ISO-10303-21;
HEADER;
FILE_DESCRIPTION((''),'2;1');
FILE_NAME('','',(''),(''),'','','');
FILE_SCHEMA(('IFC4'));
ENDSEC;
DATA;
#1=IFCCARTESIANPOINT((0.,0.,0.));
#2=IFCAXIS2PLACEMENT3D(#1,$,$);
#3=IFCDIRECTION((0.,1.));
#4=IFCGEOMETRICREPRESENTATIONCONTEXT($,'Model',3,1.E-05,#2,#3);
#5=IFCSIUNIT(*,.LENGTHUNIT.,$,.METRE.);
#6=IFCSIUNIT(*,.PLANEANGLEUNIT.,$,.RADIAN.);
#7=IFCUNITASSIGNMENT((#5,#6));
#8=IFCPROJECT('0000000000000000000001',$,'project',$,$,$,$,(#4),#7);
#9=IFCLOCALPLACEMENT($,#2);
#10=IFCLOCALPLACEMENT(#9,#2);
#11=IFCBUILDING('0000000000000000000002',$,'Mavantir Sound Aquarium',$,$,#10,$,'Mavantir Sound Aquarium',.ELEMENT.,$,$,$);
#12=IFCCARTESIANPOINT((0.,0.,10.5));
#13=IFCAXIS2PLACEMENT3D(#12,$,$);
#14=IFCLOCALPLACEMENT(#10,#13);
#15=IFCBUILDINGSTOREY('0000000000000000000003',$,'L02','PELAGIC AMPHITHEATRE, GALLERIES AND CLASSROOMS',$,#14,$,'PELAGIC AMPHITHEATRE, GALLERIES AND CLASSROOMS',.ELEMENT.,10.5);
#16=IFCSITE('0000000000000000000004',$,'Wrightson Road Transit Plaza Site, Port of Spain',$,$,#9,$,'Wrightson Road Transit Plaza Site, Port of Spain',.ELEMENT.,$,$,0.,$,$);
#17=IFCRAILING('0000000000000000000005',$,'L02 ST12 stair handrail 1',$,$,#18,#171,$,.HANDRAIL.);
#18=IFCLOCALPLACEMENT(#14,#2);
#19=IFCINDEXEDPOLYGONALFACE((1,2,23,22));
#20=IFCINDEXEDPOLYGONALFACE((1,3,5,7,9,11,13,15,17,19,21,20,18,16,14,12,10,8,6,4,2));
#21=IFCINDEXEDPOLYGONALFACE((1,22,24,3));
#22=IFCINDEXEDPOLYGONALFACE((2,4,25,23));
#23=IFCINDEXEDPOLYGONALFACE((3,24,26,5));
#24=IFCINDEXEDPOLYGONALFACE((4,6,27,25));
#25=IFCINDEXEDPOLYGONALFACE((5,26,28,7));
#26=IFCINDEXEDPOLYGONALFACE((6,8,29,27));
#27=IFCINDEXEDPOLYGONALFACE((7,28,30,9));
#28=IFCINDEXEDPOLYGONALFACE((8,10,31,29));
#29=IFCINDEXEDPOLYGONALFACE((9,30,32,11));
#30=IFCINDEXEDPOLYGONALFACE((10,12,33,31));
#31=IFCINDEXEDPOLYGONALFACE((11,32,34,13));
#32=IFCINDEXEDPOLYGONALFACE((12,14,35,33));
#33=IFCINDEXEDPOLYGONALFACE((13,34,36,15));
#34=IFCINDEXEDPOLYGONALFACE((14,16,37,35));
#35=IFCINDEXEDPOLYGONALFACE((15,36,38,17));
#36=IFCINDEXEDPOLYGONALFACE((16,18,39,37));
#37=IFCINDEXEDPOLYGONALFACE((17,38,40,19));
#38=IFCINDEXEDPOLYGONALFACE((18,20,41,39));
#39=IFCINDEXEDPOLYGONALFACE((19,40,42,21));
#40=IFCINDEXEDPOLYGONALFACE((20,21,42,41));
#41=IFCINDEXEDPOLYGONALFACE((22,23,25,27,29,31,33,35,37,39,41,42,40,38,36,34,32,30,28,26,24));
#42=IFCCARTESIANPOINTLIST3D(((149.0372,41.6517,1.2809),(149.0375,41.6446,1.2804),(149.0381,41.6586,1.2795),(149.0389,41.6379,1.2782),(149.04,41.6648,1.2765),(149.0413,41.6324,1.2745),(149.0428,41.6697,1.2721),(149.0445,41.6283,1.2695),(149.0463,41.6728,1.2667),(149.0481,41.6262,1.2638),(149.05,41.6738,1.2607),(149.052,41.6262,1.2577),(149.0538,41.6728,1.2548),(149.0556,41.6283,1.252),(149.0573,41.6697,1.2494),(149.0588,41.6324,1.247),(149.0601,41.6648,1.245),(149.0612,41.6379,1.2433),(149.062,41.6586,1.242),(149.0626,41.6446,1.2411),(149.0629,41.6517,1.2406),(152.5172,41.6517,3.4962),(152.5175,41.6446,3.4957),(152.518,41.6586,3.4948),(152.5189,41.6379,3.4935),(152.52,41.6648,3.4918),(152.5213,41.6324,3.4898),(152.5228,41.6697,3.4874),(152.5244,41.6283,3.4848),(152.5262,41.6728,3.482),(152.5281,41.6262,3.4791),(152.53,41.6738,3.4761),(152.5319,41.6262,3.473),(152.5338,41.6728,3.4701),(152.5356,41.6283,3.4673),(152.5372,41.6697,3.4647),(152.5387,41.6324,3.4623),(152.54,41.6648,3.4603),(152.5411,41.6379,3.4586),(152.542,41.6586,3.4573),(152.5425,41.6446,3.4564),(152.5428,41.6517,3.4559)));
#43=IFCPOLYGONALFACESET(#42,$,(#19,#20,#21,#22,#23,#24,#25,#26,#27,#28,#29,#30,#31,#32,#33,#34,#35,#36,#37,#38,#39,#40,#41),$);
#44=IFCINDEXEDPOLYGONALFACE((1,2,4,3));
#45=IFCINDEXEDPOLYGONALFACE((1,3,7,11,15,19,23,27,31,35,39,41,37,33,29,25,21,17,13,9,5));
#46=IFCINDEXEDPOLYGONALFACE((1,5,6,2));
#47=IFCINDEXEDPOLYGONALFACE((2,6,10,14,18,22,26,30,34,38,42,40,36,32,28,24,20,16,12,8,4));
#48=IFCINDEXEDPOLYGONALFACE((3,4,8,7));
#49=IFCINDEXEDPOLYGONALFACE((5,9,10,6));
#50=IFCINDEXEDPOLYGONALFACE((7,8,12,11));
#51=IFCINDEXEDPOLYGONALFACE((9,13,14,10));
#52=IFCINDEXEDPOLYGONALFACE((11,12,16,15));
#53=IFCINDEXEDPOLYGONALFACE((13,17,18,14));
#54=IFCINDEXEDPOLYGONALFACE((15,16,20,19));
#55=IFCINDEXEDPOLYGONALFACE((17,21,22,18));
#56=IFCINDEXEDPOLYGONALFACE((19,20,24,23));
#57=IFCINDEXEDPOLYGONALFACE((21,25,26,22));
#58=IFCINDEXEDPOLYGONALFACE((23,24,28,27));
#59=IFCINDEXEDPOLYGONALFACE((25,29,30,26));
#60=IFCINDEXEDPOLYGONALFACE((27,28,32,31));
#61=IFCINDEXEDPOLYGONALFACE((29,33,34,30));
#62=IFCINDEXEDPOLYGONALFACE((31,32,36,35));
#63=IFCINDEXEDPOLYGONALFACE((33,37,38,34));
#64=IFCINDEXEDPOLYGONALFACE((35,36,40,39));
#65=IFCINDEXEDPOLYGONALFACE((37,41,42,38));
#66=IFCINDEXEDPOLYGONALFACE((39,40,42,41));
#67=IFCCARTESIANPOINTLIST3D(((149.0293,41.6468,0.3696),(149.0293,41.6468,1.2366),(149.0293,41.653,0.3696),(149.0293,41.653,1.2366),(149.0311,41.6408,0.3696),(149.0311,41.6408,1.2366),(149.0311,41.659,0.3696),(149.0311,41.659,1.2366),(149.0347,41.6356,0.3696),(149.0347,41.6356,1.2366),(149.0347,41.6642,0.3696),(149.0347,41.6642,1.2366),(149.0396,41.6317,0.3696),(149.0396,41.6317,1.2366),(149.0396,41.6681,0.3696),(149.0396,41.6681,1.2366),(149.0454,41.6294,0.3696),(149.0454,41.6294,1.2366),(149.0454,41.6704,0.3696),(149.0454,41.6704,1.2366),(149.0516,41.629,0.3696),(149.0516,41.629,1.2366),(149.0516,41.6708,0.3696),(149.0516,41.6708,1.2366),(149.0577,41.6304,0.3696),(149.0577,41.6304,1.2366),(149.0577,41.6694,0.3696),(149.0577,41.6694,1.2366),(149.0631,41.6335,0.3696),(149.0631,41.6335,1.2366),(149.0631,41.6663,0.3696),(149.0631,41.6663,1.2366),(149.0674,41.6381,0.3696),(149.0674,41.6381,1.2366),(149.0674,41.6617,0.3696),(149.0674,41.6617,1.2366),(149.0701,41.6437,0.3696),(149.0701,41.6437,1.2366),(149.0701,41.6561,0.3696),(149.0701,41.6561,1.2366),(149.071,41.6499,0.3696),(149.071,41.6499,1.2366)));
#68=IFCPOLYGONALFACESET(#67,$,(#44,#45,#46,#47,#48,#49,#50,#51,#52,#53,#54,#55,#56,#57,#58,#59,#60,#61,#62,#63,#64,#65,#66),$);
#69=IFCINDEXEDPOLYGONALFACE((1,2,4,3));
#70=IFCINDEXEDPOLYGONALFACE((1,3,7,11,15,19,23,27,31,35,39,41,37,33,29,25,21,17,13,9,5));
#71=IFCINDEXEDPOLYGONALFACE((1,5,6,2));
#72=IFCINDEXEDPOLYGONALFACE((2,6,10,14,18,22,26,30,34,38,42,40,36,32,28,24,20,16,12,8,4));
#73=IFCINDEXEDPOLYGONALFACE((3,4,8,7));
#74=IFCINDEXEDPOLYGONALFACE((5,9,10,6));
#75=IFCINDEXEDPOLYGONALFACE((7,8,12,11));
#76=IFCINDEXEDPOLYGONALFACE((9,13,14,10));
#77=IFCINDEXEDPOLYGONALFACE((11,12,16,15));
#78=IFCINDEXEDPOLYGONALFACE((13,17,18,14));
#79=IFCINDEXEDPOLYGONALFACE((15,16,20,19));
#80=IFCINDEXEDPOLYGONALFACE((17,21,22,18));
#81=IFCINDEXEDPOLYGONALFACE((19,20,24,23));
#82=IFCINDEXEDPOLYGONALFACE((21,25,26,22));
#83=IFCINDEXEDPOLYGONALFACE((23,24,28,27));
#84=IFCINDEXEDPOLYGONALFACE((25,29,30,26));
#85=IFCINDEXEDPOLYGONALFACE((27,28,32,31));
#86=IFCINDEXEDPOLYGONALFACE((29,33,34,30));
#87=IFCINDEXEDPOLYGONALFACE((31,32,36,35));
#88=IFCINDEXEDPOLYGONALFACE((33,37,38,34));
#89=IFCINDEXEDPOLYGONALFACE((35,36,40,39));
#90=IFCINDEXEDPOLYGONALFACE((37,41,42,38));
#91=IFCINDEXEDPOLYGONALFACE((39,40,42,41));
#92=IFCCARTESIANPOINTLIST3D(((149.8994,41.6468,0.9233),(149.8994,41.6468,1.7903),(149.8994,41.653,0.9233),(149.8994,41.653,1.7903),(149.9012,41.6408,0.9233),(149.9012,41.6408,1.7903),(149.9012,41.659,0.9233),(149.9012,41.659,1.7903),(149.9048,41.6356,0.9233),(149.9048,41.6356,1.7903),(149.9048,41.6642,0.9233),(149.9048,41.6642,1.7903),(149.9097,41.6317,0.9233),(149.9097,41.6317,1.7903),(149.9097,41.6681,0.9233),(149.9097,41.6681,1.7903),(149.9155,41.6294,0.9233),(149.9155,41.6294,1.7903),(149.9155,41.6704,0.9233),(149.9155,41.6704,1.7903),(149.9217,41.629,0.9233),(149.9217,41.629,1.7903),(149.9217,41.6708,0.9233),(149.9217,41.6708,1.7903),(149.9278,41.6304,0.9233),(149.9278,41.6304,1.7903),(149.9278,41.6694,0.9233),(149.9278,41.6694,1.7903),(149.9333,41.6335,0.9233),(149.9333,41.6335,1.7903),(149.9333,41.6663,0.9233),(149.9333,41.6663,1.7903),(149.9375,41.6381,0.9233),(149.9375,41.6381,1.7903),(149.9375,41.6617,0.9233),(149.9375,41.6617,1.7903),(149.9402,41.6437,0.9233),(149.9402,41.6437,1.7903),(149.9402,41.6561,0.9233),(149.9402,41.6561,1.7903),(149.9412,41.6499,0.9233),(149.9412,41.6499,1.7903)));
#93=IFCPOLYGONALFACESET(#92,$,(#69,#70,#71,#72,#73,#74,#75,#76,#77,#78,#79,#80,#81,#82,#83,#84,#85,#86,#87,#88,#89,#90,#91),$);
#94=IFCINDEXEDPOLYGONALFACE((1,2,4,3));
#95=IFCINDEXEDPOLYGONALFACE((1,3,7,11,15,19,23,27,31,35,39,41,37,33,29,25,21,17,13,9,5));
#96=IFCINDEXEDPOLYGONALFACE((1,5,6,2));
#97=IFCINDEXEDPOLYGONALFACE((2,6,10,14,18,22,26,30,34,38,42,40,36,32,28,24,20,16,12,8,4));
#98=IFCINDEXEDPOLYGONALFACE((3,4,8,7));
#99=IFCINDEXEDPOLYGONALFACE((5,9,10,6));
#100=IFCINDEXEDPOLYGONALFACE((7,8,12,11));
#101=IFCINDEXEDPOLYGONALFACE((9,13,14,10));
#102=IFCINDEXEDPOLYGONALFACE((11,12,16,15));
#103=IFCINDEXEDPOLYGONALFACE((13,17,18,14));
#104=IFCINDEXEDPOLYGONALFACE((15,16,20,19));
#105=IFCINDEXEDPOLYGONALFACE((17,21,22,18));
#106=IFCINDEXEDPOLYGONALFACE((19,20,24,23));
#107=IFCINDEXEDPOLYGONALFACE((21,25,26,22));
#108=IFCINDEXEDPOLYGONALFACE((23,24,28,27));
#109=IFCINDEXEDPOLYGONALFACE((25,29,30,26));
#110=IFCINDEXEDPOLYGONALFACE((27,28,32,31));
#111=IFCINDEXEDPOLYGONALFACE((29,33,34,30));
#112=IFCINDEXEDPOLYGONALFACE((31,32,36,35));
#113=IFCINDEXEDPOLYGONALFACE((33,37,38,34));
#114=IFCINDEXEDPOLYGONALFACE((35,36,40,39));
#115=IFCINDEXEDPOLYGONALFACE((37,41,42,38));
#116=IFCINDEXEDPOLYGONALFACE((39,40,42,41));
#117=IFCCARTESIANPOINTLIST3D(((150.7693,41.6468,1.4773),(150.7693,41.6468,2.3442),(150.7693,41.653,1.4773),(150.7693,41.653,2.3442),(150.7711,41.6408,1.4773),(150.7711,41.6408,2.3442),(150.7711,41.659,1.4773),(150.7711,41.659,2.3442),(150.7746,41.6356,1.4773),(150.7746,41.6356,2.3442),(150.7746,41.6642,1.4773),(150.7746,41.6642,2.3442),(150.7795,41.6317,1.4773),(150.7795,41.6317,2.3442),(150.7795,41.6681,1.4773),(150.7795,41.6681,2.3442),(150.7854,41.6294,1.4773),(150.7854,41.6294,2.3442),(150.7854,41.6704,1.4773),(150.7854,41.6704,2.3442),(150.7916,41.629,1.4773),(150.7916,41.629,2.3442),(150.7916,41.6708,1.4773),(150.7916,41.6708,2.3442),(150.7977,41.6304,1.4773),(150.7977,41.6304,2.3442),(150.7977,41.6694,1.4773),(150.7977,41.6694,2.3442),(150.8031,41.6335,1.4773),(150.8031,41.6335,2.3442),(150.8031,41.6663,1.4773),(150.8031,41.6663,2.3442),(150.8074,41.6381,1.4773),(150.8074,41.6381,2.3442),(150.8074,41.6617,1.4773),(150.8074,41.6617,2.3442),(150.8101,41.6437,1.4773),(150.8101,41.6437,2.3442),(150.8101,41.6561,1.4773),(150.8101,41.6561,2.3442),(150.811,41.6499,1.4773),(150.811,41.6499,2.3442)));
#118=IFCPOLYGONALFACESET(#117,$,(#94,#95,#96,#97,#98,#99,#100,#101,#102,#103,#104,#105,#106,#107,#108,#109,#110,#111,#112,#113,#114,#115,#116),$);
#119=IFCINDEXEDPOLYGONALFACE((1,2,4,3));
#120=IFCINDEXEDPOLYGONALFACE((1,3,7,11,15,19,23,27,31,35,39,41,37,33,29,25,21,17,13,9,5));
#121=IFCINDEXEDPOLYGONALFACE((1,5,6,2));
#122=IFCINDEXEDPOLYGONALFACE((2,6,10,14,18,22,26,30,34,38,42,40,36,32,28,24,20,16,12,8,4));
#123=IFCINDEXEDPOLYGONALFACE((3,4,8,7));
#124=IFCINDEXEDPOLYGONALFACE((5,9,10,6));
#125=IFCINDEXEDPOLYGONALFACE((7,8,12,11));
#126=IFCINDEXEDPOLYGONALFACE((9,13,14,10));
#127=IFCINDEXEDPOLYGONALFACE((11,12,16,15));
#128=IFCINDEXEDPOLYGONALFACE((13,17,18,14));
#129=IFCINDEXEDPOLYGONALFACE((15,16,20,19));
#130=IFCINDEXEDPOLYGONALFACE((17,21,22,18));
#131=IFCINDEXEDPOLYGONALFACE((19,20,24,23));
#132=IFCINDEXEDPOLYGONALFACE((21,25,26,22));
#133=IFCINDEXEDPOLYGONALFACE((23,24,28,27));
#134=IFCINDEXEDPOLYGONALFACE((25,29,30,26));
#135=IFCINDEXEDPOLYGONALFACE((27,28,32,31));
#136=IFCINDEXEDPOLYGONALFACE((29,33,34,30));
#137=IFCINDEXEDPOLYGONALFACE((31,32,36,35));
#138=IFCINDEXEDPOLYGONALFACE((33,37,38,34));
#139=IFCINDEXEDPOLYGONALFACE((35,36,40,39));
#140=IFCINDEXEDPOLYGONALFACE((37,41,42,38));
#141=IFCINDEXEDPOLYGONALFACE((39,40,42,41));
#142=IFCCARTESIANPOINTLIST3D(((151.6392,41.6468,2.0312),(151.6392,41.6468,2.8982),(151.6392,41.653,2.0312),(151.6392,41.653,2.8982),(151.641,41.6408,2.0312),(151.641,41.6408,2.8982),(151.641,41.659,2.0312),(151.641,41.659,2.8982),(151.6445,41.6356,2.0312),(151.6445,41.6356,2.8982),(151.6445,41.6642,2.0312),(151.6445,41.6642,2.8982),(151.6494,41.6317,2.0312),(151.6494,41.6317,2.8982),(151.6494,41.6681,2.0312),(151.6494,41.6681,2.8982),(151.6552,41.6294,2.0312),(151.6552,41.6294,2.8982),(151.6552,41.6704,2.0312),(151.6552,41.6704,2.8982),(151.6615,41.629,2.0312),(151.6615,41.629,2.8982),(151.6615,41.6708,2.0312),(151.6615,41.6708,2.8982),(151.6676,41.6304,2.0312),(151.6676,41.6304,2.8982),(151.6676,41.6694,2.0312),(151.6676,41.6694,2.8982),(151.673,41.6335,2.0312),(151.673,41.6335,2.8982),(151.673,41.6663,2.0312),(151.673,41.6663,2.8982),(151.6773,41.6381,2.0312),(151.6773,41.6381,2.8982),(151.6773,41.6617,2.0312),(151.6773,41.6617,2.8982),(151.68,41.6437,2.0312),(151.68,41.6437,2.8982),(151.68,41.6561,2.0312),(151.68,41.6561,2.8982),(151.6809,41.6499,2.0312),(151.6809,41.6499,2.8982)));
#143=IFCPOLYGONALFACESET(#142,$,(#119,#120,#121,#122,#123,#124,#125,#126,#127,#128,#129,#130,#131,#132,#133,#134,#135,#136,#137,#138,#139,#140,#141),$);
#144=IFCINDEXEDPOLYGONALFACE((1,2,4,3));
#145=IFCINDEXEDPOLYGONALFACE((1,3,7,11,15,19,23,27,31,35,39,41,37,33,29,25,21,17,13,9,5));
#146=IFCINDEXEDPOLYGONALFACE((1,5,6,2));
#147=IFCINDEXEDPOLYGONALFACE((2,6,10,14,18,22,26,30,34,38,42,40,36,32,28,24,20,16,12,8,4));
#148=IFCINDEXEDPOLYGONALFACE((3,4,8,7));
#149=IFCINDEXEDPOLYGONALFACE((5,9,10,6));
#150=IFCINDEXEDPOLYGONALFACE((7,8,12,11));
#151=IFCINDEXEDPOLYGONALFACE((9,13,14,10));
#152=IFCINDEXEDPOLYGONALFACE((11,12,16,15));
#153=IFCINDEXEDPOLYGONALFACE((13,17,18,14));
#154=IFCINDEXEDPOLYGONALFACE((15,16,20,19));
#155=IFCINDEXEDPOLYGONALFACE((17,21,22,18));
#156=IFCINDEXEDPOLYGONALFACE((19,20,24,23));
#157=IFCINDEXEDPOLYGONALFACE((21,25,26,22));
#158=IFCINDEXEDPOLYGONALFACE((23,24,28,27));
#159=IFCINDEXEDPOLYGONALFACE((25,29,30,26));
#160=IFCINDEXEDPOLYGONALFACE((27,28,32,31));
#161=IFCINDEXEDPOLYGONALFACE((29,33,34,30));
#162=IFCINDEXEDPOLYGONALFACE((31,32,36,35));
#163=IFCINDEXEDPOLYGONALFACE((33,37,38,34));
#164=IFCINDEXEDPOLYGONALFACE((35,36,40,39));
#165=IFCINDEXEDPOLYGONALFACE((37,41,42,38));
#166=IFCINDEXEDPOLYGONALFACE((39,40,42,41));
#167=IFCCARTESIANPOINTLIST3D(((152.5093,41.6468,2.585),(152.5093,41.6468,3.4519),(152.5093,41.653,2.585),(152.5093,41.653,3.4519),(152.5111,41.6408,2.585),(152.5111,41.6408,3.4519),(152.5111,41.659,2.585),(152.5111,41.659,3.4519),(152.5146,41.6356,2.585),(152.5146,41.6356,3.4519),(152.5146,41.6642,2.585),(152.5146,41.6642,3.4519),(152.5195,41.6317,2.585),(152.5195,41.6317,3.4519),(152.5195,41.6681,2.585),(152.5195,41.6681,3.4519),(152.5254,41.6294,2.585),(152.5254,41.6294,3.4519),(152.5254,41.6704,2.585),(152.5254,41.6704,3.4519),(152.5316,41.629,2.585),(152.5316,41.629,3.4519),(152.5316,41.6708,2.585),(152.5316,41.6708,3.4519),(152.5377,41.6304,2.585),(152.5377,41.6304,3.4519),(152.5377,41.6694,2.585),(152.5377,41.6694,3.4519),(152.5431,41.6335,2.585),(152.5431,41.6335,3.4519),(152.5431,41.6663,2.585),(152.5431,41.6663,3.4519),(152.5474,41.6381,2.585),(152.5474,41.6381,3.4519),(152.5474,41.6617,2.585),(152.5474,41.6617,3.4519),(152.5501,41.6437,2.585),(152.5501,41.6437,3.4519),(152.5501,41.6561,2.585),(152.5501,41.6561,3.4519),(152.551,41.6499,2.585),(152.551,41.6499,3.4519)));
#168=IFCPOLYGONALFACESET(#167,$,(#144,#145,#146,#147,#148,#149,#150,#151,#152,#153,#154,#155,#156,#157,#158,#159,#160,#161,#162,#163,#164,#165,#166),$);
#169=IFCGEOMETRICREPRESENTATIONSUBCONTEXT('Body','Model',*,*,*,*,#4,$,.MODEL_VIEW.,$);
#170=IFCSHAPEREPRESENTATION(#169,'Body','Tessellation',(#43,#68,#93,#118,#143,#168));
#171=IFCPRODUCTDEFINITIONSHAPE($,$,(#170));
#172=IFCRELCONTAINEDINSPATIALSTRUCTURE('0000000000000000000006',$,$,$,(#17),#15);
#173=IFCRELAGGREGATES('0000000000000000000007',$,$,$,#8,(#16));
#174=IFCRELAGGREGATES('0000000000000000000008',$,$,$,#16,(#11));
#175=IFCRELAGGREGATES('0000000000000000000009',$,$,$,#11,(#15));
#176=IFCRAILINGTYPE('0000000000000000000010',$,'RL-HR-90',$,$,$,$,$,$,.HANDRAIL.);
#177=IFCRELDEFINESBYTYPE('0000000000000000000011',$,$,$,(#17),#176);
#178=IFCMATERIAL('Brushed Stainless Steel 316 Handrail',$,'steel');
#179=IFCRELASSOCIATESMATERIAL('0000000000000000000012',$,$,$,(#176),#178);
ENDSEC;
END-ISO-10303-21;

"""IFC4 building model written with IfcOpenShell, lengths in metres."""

from ifc_helpers import new_model, si_unit, direction, frame, origin, origin_2d, place, context, subcontext, project, spatial, circle, extrude, material, type_object, element, save


model = new_model("IFC4")

# Units and contexts
model_context = context("Model", 3, precision=1e-05, world=origin(), true_north=direction((0.0, 1.0)))
body_context = subcontext(model_context, "Body", "Model", "MODEL_VIEW")
ifc_project = project(units=[si_unit("LENGTHUNIT", "METRE"), si_unit("PLANEANGLEUNIT", "RADIAN")], contexts=[model_context])

# Site, building, storey
site_placement = place(None, origin())
site = spatial("IfcSite", under=ifc_project, at=site_placement, Name="Wrightson Road Transit Plaza Site, Port of Spain", LongName="Wrightson Road Transit Plaza Site, Port of Spain", CompositionType="ELEMENT", RefElevation=0.0)
building_placement = place(site_placement, origin())
building = spatial("IfcBuilding", under=site, at=building_placement, Name="Mavantir Sound Aquarium", LongName="Mavantir Sound Aquarium", CompositionType="ELEMENT")
storey_placement = place(building_placement, frame((0.0, 0.0, 10.5)))
storey = spatial("IfcBuildingStorey", under=building, at=storey_placement, Name="L02", Description="PELAGIC AMPHITHEATRE, GALLERIES AND CLASSROOMS", LongName="PELAGIC AMPHITHEATRE, GALLERIES AND CLASSROOMS", CompositionType="ELEMENT", Elevation=10.5)

# Railing
ifc_material_1 = material(Name="Brushed Stainless Steel 316 Handrail", Category="steel")
railing_type_1 = type_object("IfcRailingType", Name="RL-HR-90", PredefinedType="HANDRAIL", material=ifc_material_1)
railing_1_placement = place(storey_placement, frame((149.05, 41.6499, 0.3696)))
element("IfcRailing", 1, at=railing_1_placement, inside=storey, type_object=railing_type_1, Name="L02 ST12 stair handrail 1", PredefinedType="HANDRAIL", context=body_context, shape_type="SweptSolid", body=[
    extrude(circle(Radius=0.0239, at=origin_2d()), frame((0.0, 0.0, 0.8911), z_axis=(0.843574, 0.0, 0.537013), x_axis=(0.0, 1.0, 0.0)), (0.0, 0.0, 1.0), 4.1252),
    extrude(circle(Radius=0.021, at=origin_2d()), origin(), (0.0, 0.0, 1.0), 0.8669),
    extrude(circle(Radius=0.021, at=origin_2d()), frame((0.8701, 0.0, 0.5537)), (0.0, 0.0, 1.0), 0.8669),
    extrude(circle(Radius=0.021, at=origin_2d()), frame((1.74, 0.0, 1.1077)), (0.0, 0.0, 1.0), 0.8669),
    extrude(circle(Radius=0.021, at=origin_2d()), frame((2.6099, 0.0, 1.6616)), (0.0, 0.0, 1.0), 0.8669),
    extrude(circle(Radius=0.021, at=origin_2d()), frame((3.48, 0.0, 2.2153)), (0.0, 0.0, 1.0), 0.8669),
])

save(model, "model.ifc")
